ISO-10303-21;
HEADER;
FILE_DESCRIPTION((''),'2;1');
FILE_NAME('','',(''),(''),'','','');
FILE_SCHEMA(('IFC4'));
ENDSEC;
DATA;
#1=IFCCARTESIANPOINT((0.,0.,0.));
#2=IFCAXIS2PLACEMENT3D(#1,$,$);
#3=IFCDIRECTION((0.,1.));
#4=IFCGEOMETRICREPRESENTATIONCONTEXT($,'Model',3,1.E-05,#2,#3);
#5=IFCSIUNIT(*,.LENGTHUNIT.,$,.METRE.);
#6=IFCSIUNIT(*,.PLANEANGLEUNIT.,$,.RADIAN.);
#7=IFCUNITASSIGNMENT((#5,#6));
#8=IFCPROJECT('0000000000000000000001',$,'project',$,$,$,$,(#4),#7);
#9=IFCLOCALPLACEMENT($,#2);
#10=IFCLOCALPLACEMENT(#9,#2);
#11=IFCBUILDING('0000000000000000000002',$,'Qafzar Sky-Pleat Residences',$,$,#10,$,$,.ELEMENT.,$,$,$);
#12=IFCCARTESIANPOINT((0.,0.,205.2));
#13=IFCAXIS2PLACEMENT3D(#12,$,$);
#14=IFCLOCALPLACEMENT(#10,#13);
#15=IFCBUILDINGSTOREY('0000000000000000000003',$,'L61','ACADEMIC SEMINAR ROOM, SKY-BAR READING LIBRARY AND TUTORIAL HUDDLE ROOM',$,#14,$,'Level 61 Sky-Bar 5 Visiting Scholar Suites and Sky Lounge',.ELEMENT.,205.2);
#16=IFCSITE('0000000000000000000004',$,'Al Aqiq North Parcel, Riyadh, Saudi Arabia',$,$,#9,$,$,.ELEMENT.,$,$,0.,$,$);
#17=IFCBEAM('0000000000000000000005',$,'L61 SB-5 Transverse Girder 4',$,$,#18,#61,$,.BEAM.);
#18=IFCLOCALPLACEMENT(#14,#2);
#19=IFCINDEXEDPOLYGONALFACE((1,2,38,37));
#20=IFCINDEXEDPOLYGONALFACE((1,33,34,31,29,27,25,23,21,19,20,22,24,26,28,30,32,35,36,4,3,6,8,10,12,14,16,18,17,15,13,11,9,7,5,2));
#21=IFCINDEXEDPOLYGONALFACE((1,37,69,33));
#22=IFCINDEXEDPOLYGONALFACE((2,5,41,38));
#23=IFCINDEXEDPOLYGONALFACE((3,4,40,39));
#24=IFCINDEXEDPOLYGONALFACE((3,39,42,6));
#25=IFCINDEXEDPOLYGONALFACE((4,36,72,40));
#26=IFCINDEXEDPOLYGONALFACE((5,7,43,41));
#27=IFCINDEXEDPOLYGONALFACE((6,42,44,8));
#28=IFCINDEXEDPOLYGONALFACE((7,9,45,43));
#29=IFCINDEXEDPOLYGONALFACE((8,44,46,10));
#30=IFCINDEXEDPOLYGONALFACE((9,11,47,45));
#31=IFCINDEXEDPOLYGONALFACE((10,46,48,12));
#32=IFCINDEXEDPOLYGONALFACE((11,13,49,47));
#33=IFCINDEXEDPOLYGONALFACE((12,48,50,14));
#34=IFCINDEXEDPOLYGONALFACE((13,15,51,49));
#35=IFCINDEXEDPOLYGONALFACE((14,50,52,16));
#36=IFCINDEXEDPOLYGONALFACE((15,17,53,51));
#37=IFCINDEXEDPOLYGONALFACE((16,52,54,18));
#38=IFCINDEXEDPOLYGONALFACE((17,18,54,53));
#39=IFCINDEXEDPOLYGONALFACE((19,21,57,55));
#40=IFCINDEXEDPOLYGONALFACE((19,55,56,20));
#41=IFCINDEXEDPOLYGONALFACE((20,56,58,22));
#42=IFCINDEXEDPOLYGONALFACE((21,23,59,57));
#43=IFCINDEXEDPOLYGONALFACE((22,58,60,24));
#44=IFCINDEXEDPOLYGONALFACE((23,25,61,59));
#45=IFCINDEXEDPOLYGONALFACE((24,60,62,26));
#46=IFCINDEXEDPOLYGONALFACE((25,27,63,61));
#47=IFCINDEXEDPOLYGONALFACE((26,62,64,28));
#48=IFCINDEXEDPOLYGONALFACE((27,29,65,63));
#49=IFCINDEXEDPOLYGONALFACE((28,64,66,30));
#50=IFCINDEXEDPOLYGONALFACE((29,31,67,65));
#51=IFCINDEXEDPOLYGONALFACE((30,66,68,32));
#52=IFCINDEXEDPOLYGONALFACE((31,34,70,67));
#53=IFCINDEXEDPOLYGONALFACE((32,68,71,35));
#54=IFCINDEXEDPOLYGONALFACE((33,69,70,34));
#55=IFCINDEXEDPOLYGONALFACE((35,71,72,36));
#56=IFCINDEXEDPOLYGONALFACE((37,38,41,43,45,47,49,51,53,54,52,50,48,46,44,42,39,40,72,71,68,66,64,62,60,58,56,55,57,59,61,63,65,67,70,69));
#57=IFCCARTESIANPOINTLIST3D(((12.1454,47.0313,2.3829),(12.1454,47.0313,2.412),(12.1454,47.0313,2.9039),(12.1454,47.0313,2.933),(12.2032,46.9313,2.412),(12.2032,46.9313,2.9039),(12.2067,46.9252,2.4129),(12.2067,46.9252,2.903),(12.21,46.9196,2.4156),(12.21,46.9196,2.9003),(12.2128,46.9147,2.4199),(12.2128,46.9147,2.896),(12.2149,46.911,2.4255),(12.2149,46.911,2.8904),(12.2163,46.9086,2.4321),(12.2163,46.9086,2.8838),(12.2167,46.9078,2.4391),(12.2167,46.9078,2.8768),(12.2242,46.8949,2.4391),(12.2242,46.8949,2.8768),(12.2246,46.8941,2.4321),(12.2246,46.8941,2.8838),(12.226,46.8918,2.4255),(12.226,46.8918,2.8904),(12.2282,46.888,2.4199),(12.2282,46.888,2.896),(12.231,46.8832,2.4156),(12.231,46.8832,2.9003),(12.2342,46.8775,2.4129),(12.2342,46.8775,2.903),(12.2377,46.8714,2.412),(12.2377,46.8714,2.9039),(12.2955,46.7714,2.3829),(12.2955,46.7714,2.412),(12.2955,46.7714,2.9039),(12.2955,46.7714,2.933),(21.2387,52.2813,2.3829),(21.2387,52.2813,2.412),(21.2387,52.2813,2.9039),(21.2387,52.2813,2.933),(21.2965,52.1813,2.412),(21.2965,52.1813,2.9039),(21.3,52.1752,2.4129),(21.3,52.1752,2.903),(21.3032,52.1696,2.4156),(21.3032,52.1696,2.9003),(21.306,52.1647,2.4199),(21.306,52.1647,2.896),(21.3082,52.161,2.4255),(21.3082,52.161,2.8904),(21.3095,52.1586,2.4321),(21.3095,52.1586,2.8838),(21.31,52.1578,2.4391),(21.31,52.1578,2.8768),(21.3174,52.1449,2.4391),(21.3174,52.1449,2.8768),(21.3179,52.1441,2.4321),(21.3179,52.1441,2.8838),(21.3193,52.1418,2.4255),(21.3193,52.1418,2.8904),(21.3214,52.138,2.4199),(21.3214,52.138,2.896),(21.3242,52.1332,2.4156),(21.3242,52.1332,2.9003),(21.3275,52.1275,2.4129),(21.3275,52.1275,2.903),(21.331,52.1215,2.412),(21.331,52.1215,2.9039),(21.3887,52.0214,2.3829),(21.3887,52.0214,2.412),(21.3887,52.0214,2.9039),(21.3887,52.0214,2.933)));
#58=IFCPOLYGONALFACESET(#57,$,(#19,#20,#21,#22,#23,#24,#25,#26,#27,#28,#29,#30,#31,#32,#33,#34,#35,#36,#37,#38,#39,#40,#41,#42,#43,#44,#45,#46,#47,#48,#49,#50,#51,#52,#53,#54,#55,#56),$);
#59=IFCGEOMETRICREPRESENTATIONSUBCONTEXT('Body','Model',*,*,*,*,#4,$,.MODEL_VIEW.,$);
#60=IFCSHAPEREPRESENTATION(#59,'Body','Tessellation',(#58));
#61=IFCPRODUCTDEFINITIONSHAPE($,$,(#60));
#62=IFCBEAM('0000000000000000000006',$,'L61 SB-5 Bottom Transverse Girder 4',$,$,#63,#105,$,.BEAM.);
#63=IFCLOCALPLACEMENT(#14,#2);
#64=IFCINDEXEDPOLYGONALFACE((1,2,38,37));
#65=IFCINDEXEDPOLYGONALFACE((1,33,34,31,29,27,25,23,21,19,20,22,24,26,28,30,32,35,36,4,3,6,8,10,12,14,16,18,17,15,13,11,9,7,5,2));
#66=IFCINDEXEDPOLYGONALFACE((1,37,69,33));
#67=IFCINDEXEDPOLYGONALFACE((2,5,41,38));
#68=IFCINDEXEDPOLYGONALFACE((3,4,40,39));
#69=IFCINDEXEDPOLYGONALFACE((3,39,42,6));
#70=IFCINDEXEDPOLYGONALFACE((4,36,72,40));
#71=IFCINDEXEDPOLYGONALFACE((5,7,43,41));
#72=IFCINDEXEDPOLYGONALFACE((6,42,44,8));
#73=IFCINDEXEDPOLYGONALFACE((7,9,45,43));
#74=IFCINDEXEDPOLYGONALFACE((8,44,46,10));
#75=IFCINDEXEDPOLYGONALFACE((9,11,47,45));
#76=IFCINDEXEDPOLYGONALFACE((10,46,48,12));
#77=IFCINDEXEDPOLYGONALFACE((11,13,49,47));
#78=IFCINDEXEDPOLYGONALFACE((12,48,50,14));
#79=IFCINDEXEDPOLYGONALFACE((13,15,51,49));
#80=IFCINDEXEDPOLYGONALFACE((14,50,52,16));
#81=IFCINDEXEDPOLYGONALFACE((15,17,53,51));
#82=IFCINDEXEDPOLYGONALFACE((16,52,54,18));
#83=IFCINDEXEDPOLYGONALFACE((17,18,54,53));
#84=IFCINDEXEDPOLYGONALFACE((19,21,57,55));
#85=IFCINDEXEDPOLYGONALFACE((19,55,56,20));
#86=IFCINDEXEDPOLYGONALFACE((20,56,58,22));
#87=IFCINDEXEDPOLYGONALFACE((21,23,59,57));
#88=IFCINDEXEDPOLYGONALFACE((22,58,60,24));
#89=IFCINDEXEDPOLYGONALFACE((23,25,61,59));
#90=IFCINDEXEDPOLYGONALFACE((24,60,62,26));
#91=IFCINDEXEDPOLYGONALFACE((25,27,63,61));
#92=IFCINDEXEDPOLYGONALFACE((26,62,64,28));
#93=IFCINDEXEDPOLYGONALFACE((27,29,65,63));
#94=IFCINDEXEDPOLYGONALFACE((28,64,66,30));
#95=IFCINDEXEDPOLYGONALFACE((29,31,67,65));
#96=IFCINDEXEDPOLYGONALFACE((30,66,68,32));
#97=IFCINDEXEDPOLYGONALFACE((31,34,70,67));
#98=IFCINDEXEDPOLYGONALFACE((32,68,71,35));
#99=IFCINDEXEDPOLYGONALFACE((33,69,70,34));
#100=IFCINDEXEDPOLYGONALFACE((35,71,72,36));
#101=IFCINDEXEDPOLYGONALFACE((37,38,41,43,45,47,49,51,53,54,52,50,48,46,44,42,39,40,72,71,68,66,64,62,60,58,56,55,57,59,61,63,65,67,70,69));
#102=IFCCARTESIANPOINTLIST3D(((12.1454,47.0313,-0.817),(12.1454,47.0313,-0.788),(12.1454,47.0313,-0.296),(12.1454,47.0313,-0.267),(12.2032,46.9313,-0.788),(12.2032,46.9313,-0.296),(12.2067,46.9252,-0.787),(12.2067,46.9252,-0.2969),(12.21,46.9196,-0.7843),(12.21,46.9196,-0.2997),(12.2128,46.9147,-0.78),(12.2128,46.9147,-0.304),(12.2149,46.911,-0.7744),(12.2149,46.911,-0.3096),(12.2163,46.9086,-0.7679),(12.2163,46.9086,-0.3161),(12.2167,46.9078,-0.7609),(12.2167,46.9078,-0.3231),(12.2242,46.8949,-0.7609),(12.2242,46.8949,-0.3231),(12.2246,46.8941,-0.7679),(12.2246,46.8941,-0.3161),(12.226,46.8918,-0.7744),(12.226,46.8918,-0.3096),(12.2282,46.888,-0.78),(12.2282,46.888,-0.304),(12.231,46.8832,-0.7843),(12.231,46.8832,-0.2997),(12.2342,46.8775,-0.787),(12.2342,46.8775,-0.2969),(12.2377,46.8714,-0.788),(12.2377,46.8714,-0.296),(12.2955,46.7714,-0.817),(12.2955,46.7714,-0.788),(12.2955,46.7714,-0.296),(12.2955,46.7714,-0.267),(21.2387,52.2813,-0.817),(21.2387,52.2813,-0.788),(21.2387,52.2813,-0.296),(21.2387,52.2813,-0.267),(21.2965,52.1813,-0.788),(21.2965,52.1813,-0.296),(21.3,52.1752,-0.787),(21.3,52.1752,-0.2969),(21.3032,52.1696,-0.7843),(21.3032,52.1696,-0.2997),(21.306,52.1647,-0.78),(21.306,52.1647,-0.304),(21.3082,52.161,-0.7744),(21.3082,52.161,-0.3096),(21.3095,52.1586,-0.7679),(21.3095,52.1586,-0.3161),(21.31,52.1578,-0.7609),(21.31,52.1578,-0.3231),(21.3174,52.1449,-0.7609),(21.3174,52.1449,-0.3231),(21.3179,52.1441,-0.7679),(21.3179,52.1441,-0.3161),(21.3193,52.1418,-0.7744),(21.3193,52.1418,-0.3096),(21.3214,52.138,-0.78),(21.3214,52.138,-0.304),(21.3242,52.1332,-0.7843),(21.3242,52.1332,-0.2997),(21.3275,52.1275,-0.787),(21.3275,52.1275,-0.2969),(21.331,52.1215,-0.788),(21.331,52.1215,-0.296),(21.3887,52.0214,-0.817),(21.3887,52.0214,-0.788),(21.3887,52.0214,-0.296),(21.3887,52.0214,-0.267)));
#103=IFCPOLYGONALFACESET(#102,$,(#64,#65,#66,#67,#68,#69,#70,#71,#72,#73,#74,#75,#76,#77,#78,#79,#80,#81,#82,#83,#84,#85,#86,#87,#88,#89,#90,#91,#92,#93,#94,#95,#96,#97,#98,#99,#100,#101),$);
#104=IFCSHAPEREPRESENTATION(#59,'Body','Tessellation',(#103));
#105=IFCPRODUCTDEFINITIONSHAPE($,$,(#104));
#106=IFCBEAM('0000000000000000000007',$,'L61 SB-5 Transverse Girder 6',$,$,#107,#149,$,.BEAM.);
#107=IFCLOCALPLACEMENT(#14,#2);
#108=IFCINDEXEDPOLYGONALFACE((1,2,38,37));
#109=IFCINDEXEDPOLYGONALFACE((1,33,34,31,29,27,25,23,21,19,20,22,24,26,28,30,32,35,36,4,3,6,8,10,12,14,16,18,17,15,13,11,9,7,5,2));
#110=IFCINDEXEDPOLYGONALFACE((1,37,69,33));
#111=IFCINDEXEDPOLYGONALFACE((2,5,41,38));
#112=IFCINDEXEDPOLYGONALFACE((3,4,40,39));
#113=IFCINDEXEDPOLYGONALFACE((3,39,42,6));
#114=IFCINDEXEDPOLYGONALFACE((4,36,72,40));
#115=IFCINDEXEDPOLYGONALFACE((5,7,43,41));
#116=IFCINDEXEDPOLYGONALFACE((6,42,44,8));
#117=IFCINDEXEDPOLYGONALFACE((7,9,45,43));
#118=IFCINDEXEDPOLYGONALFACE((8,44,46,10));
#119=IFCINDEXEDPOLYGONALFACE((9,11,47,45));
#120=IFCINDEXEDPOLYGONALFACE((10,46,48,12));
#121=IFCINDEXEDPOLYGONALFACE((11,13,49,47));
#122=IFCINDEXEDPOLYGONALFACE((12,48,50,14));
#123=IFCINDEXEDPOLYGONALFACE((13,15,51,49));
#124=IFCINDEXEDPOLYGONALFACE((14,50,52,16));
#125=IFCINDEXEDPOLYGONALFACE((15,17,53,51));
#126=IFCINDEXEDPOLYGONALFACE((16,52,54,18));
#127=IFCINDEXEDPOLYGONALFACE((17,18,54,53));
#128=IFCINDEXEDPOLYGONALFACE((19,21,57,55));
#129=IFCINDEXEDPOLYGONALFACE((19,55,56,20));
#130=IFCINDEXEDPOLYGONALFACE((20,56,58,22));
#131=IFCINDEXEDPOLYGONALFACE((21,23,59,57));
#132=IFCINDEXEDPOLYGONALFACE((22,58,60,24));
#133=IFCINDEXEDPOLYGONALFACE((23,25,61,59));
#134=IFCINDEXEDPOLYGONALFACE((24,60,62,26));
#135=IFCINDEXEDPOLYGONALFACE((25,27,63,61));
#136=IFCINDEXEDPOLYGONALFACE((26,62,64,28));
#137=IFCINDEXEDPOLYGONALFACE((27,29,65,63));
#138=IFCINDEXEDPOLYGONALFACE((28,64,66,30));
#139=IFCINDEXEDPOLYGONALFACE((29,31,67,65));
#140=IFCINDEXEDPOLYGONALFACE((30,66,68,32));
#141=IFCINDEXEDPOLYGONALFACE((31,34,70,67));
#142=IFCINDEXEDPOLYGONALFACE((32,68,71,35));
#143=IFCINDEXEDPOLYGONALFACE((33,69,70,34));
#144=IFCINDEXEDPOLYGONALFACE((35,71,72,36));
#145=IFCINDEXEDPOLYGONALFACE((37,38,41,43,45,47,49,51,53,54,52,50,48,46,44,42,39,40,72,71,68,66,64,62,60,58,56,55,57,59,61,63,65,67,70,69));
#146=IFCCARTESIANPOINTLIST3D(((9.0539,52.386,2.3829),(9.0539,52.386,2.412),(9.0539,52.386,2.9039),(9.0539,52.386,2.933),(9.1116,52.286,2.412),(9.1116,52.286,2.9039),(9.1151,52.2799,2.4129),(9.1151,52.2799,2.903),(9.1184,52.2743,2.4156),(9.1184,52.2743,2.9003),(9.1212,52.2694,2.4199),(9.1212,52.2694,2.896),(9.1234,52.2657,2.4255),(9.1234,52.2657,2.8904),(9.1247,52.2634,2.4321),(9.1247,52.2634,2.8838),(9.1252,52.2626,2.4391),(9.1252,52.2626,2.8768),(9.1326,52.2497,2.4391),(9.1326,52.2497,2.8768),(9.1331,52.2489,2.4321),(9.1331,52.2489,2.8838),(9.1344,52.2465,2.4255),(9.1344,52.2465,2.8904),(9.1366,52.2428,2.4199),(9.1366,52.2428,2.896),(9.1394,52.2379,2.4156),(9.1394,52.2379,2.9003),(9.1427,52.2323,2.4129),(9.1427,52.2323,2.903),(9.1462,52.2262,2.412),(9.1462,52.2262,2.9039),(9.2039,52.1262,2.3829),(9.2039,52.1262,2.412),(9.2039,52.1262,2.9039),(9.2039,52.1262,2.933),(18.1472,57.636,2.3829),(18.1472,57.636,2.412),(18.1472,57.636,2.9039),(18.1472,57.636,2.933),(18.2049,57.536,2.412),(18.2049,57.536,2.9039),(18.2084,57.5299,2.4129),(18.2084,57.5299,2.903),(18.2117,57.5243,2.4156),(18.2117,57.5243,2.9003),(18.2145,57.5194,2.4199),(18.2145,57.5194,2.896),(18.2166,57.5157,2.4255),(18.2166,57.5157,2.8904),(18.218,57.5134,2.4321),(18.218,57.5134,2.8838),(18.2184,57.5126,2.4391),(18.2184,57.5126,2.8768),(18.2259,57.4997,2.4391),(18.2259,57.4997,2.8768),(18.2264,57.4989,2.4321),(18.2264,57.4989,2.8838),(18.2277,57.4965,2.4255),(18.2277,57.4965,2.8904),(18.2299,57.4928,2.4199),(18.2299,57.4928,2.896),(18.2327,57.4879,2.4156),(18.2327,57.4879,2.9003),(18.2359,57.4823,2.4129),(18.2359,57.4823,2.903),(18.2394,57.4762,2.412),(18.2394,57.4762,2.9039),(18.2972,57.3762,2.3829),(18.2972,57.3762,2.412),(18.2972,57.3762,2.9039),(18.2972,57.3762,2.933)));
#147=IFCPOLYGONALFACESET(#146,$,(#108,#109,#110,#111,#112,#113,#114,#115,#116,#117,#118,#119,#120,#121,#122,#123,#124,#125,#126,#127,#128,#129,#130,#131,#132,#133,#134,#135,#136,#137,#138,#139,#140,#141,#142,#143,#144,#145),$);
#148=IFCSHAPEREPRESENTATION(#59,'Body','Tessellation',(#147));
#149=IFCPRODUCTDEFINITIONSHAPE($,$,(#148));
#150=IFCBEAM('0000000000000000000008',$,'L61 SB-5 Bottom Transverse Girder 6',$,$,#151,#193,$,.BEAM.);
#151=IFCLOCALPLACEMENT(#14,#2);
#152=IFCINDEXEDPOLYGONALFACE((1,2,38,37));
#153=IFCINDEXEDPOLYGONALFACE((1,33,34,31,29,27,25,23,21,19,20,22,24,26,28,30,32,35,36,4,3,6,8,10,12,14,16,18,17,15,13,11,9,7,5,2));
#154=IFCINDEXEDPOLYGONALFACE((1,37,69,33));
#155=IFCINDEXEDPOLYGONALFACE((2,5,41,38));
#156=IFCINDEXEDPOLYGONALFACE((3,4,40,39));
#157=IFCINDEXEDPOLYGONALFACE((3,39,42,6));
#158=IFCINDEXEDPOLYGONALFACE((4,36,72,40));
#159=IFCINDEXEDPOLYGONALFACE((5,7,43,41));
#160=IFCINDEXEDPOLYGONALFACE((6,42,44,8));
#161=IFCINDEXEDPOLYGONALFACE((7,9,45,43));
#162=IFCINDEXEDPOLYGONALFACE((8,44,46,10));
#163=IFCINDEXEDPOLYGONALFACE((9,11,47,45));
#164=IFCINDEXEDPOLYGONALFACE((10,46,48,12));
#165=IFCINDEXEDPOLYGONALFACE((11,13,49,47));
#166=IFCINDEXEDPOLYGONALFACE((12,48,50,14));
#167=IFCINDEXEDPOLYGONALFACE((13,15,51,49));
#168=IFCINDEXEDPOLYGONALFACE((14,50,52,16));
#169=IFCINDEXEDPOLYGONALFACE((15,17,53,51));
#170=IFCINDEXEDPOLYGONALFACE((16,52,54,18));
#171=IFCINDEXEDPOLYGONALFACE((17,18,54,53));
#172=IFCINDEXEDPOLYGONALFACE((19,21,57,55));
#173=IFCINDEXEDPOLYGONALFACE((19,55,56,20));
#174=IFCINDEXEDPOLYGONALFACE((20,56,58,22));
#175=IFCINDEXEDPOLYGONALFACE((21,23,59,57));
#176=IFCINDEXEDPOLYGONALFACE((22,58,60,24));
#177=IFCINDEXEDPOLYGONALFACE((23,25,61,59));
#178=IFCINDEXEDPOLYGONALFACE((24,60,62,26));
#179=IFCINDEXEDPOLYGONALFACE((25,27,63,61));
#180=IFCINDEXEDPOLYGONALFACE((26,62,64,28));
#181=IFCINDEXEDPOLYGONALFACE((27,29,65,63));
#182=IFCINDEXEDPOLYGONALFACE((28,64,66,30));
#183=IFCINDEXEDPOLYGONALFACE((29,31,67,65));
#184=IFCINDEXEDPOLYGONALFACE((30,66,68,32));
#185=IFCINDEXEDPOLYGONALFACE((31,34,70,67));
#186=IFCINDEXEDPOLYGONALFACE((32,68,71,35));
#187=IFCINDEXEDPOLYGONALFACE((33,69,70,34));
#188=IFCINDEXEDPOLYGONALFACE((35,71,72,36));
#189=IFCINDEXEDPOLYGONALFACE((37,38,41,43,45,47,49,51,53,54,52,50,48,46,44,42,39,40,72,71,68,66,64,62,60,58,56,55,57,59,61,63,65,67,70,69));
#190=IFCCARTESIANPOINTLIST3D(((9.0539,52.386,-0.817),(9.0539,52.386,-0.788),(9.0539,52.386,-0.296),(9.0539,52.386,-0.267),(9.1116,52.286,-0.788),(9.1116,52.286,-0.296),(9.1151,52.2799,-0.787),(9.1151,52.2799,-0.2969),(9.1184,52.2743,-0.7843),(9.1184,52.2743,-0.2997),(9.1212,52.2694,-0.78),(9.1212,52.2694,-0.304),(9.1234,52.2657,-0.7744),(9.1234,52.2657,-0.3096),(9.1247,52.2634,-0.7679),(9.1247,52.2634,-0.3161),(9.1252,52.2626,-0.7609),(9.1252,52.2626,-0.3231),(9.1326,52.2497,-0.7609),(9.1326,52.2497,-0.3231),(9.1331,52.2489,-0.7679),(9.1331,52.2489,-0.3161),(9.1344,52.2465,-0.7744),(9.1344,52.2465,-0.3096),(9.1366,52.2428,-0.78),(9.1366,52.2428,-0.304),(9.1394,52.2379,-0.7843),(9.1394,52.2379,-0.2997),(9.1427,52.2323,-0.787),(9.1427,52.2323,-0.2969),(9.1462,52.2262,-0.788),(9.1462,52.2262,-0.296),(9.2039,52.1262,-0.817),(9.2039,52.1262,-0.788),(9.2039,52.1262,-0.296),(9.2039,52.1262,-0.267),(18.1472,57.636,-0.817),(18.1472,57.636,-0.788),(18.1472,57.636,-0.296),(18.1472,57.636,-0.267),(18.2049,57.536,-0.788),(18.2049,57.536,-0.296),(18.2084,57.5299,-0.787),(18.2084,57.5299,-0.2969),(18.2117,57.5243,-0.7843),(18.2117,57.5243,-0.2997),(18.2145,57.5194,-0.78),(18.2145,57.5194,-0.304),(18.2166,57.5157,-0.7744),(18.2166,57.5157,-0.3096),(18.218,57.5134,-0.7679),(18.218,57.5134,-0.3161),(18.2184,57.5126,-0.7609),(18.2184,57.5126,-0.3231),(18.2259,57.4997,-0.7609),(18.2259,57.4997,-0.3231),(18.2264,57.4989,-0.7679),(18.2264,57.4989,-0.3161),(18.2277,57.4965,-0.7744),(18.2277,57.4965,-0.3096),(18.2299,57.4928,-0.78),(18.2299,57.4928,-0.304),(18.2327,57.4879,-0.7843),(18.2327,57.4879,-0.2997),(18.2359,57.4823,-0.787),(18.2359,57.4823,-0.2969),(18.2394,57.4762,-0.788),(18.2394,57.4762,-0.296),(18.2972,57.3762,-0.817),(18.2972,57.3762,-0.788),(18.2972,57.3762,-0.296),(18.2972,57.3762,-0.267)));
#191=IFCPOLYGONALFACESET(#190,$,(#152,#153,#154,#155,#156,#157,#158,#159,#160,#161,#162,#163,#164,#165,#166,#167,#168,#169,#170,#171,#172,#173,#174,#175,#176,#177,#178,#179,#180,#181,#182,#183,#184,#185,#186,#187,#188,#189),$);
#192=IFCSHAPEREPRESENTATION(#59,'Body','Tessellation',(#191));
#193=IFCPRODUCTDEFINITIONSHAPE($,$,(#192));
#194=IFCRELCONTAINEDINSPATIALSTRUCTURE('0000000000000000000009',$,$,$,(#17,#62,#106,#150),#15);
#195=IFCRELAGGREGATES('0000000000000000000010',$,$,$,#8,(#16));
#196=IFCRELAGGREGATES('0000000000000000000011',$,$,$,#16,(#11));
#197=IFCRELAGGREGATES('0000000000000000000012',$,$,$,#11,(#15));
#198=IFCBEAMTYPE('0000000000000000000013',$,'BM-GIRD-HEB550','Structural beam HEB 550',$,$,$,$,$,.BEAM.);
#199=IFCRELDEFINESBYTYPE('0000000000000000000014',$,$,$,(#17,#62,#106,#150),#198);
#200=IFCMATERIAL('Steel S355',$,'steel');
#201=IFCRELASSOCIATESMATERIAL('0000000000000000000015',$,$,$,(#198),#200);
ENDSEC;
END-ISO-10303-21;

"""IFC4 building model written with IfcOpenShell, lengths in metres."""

from ifc_helpers import new_model, si_unit, direction, frame, origin, origin_2d, place, context, subcontext, project, spatial, i_section, extrude, source, transform, mapped, material, material_profile, profile_set, type_object, element, save


model = new_model("IFC4")

# Units and contexts
model_context = context("Model", 3, precision=1e-05, world=origin(), true_north=direction((0.0, 1.0)))
body_context = subcontext(model_context, "Body", "Model", "MODEL_VIEW")
ifc_project = project(units=[si_unit("LENGTHUNIT", "METRE"), si_unit("PLANEANGLEUNIT", "RADIAN")], contexts=[model_context])

# Site, building, storey
site_placement = place(None, origin())
site = spatial("IfcSite", under=ifc_project, at=site_placement, Name="Al Aqiq North Parcel, Riyadh, Saudi Arabia", CompositionType="ELEMENT", RefElevation=0.0)
building_placement = place(site_placement, origin())
building = spatial("IfcBuilding", under=site, at=building_placement, Name="Qafzar Sky-Pleat Residences", CompositionType="ELEMENT")
storey_placement = place(building_placement, frame((0.0, 0.0, 205.2)))
storey = spatial("IfcBuildingStorey", under=building, at=storey_placement, Name="L61", Description="ACADEMIC SEMINAR ROOM, SKY-BAR READING LIBRARY AND TUTORIAL HUDDLE ROOM", LongName="Level 61 Sky-Bar 5 Visiting Scholar Suites and Sky Lounge", CompositionType="ELEMENT", Elevation=205.2)

# Beams
ifc_material_1 = material(Name="Steel S355", Category="steel")
ifc_material_profile_1 = material_profile(ifc_material_1, i_section(OverallWidth=0.3, OverallDepth=0.55, WebThickness=0.0149, FlangeThickness=0.0291, FilletRadius=0.0271, at=origin_2d()), Name="HEB 550")
ifc_profile_set_1 = profile_set([ifc_material_profile_1], Name="Steel S355")
beam_type_1 = type_object("IfcBeamType", Name="BM-GIRD-HEB550", Description="Structural beam HEB 550", PredefinedType="BEAM", material=ifc_profile_set_1)
shared_shape_1 = source(origin(), body_context, "Body", "SweptSolid", [
    extrude(i_section(OverallWidth=0.3, OverallDepth=0.55, WebThickness=0.0149, FlangeThickness=0.0291, FilletRadius=0.0271, at=origin_2d()), origin(), (0.0, 0.0, 1.0), 10.5),
])
for number, where, z_axis, x_axis, name in (
    (1, (12.2205, 46.9014, 2.658), (0.866025, 0.5, 0.0), (-0.5, 0.866025, 0.0), "L61 SB-5 Transverse Girder 4"),
    (2, (12.2205, 46.9014, -0.542), (0.866025, 0.5, 0.0), (-0.5, 0.866025, 0.0), "L61 SB-5 Bottom Transverse Girder 4"),
    (3, (9.1289, 52.2561, 2.658), (0.866025, 0.5, 0.0), (-0.5, 0.866025, 0.0), "L61 SB-5 Transverse Girder 6"),
    (4, (9.1289, 52.2561, -0.542), (0.866025, 0.5, 0.0), (-0.5, 0.866025, 0.0), "L61 SB-5 Bottom Transverse Girder 6"),
):
    element("IfcBeam", number, at=place(storey_placement, frame(where, z_axis=z_axis, x_axis=x_axis)), inside=storey, type_object=beam_type_1, Name=name, PredefinedType="BEAM", context=body_context, shape_type="MappedRepresentation", body=[
        mapped(shared_shape_1, transform((0.0, 0.0, 0.0), x_axis=(1.0, 0.0, 0.0), y_axis=(0.0, 1.0, 0.0), z_axis=(0.0, 0.0, 1.0), scale=1.0)),
    ])

save(model, "model.ifc")
